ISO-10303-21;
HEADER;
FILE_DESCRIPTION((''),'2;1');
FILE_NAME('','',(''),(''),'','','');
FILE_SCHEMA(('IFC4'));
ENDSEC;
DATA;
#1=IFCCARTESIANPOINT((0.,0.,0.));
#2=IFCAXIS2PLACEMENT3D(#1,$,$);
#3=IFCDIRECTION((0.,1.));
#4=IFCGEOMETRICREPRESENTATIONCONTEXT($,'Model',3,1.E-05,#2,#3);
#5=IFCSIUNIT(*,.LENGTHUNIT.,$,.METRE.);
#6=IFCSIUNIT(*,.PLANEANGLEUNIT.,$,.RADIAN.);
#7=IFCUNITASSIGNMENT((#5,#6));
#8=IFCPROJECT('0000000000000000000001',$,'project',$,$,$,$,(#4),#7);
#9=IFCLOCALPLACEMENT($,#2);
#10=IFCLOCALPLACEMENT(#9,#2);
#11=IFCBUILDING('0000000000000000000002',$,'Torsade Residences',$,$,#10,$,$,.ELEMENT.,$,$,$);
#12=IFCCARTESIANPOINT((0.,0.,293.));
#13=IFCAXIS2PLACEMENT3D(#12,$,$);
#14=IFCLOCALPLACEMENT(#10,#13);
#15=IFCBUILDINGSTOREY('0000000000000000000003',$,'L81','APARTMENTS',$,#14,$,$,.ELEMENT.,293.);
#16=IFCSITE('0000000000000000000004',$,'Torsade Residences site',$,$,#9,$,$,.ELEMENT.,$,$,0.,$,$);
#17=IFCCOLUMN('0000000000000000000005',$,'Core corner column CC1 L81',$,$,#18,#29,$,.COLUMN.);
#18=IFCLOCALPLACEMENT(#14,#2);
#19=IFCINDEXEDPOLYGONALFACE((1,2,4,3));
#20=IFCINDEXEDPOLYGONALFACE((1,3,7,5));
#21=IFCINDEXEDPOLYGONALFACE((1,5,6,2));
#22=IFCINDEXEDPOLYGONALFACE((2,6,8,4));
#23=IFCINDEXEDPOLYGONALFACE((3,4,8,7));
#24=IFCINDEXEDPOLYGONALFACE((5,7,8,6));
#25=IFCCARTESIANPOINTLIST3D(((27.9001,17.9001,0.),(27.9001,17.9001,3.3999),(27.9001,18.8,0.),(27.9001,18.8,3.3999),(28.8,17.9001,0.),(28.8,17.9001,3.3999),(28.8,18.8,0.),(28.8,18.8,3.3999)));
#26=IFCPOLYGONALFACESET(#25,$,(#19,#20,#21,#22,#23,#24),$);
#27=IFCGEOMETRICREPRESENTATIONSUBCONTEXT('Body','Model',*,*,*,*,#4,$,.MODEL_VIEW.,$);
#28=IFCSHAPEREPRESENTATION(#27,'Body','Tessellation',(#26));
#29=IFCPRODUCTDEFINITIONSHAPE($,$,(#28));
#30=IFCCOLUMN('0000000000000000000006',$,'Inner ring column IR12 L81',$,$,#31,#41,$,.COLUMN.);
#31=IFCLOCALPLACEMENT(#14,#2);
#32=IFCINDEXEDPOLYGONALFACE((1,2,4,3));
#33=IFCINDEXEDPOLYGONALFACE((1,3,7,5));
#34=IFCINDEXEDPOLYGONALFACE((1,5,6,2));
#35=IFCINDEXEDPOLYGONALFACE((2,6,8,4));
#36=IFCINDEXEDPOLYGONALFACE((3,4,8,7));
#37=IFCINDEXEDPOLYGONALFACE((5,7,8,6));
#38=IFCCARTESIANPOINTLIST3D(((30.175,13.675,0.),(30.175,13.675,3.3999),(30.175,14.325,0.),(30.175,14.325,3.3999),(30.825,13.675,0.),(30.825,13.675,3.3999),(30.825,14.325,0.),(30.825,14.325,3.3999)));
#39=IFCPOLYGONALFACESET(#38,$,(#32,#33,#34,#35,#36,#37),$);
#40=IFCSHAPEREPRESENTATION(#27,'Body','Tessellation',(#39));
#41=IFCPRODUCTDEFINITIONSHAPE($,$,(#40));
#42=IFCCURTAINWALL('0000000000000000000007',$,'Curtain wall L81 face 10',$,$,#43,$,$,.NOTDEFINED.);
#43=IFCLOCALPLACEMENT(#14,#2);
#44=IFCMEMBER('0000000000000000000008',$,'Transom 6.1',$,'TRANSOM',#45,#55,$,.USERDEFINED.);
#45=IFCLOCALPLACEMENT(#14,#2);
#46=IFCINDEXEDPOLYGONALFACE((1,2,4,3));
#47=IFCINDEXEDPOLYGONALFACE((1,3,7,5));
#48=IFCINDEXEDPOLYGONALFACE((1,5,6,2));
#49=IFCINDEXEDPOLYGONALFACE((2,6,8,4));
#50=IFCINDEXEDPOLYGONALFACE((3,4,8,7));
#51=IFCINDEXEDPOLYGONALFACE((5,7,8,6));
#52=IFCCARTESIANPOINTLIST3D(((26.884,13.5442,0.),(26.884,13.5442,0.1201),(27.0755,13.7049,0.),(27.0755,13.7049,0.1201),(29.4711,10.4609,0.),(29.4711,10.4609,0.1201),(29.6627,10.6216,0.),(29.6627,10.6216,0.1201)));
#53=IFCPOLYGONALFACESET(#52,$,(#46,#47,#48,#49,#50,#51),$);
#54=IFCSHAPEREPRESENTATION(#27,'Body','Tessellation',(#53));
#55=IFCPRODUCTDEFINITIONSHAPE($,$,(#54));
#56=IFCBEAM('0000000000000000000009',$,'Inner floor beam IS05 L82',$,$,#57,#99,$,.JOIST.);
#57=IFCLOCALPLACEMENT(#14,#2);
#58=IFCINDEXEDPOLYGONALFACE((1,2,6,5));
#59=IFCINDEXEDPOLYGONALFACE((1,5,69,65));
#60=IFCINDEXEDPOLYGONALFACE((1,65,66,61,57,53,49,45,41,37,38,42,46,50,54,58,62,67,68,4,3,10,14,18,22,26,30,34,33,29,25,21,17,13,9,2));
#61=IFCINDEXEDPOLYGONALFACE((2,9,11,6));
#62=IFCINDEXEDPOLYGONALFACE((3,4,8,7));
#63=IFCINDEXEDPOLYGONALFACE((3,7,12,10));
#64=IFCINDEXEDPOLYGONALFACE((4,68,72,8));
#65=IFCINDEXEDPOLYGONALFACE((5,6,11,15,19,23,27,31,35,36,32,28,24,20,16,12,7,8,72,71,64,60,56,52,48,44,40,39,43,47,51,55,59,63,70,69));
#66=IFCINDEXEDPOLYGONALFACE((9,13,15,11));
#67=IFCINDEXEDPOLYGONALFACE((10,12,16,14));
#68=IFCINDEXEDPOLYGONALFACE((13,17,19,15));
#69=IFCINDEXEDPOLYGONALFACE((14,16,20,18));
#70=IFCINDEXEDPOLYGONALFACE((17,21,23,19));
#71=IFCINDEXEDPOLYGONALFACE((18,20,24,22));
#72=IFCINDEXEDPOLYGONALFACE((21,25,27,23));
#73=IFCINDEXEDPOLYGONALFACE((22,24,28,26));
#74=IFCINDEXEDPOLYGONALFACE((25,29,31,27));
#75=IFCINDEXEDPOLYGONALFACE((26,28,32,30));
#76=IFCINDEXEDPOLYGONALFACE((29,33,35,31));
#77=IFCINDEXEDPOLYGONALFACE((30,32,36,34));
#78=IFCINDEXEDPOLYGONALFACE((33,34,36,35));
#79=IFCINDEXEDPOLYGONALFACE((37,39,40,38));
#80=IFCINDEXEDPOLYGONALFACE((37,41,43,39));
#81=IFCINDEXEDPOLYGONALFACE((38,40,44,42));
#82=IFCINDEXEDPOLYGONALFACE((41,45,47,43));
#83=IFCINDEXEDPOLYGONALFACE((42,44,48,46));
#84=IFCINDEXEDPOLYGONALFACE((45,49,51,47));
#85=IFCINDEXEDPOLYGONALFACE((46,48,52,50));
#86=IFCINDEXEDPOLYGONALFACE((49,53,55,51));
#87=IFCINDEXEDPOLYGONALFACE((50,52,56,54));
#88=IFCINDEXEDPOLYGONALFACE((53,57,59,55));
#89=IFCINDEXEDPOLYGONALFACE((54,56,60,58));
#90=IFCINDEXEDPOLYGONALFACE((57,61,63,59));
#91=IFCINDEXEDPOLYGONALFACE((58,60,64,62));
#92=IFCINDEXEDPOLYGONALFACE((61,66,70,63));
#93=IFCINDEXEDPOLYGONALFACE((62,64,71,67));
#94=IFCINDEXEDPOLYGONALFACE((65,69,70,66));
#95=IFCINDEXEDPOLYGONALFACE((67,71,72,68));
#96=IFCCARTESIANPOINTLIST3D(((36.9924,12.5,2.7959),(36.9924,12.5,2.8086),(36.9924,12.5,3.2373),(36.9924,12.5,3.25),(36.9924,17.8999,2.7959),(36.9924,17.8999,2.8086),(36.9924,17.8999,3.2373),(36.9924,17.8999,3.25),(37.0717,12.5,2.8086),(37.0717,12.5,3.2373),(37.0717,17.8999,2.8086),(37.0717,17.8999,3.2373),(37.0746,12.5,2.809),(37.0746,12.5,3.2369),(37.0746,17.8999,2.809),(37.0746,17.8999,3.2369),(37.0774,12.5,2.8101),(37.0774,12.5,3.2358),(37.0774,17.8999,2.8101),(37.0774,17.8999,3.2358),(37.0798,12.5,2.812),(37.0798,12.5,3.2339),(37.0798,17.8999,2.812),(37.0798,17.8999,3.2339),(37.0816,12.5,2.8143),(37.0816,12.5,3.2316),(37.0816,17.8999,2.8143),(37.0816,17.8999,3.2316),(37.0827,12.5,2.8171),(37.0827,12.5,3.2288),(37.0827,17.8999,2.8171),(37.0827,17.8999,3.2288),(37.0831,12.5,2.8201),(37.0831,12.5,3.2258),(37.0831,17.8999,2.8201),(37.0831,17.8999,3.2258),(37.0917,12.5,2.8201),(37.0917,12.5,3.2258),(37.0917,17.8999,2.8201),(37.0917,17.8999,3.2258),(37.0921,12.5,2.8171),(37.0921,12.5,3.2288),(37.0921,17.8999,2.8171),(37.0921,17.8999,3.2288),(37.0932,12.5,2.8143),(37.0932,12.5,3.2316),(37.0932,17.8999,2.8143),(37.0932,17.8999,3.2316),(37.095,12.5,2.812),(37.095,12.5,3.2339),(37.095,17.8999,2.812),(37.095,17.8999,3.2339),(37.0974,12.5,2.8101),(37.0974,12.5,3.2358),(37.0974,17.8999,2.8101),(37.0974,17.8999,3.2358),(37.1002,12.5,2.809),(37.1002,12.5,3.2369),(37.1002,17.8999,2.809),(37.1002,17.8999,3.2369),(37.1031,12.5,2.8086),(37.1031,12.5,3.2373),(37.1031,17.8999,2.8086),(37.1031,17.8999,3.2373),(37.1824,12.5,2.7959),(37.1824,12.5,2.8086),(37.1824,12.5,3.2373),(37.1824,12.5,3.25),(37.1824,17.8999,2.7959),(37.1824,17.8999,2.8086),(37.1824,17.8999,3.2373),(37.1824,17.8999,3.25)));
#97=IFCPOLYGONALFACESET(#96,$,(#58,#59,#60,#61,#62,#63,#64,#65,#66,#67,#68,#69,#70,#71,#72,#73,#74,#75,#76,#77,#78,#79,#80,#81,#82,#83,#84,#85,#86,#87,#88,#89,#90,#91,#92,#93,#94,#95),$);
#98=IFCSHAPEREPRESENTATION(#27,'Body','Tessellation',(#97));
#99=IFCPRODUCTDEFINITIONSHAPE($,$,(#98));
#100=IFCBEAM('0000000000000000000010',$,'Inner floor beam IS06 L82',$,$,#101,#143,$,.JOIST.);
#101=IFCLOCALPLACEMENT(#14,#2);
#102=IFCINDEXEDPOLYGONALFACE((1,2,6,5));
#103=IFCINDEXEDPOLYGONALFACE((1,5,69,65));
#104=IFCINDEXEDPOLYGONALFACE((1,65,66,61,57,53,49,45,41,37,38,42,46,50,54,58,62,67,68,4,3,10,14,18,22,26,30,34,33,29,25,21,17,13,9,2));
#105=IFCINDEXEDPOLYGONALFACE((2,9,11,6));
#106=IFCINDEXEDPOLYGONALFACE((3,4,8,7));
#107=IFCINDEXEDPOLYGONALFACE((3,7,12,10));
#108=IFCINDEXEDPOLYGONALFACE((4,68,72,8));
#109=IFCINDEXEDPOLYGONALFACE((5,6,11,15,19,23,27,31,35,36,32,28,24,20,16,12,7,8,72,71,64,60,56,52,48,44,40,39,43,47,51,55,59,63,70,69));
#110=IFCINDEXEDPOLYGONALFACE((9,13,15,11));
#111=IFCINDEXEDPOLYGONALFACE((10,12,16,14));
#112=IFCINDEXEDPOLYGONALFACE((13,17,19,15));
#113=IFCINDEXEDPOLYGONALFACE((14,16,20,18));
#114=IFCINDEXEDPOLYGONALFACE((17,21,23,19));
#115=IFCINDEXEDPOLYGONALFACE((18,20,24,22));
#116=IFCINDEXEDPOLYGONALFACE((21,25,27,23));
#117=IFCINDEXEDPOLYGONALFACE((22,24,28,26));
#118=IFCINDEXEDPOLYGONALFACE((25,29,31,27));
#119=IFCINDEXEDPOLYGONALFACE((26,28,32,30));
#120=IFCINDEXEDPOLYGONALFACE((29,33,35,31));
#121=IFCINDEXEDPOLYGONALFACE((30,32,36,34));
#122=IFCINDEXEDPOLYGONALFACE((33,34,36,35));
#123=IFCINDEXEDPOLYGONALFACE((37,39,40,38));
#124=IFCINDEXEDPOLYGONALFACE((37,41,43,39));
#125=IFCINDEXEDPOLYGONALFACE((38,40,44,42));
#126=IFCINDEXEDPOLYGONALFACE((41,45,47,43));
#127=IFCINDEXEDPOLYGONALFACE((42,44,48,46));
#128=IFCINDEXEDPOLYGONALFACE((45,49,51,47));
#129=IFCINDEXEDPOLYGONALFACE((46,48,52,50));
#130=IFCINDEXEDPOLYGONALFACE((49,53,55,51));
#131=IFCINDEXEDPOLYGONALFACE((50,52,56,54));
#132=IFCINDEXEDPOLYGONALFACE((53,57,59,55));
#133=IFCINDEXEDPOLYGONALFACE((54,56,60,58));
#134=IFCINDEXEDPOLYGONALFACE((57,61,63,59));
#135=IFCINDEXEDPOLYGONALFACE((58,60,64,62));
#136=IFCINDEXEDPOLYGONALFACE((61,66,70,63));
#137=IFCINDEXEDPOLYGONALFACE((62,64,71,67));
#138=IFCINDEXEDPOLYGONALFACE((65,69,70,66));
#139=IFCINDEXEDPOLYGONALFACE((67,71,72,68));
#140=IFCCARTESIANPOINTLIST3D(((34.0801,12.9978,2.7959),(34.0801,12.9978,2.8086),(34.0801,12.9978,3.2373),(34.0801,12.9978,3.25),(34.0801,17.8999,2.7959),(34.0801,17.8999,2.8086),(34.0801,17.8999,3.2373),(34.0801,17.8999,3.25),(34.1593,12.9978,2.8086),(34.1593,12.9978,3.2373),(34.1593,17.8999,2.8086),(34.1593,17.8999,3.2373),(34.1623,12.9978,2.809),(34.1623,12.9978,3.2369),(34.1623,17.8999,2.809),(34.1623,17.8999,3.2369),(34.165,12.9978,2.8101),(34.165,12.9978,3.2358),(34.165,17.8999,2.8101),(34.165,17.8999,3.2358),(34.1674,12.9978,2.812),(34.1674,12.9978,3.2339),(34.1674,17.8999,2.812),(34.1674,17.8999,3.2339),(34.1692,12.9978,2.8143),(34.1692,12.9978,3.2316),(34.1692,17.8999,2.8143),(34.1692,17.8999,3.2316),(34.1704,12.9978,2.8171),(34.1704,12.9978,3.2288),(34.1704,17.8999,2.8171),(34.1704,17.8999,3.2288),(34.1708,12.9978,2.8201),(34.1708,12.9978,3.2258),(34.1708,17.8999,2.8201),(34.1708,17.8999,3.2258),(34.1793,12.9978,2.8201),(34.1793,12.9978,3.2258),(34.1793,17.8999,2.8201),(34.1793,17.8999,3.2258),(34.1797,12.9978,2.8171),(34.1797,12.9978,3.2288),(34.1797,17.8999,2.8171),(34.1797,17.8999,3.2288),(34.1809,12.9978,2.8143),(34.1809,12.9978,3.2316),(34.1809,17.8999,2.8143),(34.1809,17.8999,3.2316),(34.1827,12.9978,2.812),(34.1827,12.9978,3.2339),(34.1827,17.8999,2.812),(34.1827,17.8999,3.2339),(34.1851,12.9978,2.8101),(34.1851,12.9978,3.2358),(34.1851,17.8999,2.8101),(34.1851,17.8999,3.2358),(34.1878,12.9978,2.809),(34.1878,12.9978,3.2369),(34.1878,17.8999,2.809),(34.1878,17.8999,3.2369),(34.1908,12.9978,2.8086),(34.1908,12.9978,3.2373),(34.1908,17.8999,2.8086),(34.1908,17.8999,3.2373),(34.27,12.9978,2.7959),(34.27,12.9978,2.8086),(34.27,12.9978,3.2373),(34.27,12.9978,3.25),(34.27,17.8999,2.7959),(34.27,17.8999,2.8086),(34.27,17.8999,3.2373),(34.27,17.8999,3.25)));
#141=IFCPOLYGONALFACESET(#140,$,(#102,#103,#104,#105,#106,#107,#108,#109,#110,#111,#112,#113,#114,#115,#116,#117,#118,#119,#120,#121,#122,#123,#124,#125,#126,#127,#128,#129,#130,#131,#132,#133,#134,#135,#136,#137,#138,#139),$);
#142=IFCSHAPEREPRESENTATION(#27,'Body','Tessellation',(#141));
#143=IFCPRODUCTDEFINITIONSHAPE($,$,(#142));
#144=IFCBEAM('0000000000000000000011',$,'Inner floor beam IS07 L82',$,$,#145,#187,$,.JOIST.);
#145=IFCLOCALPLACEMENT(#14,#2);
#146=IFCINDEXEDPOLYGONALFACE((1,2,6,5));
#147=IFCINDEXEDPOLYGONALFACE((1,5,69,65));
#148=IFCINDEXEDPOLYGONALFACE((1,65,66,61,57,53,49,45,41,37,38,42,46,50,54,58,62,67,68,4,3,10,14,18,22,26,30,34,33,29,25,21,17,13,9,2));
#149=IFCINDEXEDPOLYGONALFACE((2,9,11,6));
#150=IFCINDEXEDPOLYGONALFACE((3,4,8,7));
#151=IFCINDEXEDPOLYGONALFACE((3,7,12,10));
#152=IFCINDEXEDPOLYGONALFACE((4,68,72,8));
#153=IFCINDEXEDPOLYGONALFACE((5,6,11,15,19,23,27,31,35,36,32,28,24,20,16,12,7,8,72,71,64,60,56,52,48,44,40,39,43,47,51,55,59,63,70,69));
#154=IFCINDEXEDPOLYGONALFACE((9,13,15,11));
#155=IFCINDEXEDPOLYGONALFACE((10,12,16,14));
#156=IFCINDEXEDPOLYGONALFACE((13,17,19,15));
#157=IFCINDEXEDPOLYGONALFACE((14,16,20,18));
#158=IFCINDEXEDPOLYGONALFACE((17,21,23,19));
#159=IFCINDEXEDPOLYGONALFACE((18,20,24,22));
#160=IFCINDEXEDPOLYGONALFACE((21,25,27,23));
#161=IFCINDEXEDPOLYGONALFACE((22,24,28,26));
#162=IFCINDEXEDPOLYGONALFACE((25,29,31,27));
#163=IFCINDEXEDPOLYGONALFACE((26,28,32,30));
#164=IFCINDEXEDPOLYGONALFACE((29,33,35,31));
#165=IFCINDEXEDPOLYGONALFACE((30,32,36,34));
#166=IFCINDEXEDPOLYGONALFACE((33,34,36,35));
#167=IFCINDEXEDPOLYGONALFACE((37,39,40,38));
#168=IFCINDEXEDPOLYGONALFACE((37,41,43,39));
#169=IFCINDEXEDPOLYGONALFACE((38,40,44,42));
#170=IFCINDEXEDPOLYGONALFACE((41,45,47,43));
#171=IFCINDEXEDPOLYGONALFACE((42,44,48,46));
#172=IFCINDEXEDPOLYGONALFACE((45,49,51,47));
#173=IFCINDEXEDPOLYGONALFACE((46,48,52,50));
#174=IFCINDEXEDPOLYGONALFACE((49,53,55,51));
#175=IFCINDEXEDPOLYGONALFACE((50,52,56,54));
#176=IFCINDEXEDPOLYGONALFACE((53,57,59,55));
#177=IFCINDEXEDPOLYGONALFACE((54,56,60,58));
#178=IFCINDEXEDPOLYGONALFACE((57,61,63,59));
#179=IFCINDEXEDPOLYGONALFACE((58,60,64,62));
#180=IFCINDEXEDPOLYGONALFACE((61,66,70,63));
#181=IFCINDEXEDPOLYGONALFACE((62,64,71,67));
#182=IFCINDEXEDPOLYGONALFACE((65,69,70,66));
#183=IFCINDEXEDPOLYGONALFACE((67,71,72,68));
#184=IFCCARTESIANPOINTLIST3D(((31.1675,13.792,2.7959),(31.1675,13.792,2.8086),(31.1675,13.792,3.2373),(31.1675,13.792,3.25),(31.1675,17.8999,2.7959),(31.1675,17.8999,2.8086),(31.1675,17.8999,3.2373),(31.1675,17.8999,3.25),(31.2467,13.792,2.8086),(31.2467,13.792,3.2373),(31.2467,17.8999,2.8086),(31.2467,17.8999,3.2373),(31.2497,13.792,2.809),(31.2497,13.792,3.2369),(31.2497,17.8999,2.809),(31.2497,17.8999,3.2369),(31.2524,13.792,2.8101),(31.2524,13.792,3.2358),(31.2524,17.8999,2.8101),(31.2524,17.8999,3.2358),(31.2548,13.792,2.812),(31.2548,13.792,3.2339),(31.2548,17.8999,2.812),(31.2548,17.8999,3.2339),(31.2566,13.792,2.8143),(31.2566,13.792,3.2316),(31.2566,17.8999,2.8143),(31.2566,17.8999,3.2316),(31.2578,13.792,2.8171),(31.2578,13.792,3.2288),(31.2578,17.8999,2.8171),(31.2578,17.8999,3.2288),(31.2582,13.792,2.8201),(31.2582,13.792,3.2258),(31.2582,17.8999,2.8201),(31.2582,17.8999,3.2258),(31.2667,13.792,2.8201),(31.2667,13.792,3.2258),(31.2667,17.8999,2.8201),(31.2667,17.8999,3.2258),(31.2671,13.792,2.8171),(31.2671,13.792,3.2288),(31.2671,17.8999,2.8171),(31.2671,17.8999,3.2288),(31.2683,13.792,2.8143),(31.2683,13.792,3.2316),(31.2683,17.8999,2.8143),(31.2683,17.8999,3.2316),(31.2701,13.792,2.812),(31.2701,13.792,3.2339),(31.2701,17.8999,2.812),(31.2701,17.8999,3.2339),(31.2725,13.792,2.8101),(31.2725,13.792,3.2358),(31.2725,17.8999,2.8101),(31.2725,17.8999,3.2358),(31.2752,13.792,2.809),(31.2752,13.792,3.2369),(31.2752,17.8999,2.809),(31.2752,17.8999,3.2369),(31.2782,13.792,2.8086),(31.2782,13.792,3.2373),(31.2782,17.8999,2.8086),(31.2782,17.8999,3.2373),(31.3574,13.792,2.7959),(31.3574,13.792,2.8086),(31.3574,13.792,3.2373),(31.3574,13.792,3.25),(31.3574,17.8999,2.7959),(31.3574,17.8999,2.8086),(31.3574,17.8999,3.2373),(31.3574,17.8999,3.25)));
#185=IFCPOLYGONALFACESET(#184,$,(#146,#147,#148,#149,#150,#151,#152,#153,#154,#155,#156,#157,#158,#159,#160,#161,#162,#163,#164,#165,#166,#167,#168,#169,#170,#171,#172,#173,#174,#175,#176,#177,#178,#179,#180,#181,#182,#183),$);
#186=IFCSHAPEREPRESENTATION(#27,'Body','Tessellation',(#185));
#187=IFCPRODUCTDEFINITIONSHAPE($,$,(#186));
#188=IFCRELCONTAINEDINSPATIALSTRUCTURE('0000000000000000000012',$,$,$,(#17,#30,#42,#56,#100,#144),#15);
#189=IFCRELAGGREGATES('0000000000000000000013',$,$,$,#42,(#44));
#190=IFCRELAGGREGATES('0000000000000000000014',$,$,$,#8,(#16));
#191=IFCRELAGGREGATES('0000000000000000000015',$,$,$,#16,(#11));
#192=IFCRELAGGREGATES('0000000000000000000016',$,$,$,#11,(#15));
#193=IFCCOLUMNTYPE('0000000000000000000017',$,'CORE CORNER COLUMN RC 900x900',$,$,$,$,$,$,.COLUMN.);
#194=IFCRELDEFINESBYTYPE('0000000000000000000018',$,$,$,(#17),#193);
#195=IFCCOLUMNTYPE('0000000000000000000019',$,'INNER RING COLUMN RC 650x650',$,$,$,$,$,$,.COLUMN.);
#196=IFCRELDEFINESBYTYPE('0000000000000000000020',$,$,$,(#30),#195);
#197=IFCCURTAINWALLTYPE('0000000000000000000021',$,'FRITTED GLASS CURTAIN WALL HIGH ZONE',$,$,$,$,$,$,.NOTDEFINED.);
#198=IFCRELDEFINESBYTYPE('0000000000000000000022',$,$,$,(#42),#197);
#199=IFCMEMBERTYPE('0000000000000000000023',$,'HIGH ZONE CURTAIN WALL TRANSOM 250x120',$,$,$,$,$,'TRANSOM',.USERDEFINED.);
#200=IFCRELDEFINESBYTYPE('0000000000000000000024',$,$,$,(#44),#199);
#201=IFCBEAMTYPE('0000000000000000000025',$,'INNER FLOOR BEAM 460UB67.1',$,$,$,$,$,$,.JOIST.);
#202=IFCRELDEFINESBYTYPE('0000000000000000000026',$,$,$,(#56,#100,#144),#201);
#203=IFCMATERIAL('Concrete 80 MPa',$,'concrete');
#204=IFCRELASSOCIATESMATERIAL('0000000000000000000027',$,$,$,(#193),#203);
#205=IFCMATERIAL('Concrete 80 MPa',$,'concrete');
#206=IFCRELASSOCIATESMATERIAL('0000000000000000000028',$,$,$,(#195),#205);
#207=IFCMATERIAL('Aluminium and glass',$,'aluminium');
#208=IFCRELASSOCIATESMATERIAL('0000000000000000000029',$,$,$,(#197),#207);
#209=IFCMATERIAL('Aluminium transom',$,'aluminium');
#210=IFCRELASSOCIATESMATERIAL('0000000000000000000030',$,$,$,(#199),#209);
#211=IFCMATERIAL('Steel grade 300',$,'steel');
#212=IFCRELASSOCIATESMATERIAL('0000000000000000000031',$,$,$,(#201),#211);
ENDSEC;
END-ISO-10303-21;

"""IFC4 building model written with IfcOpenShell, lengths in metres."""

from ifc_helpers import new_model, si_unit, direction, frame, origin, origin_2d, place, context, subcontext, project, spatial, rectangle, i_section, extrude, material, material_profile, profile_set, type_object, element, aggregate, save


model = new_model("IFC4")

# Units and contexts
model_context = context("Model", 3, precision=1e-05, world=origin(), true_north=direction((0.0, 1.0)))
body_context = subcontext(model_context, "Body", "Model", "MODEL_VIEW")
ifc_project = project(units=[si_unit("LENGTHUNIT", "METRE"), si_unit("PLANEANGLEUNIT", "RADIAN")], contexts=[model_context])

# Site, building, storey
site_placement = place(None, origin())
site = spatial("IfcSite", under=ifc_project, at=site_placement, Name="Torsade Residences site", CompositionType="ELEMENT", RefElevation=0.0)
building_placement = place(site_placement, origin())
building = spatial("IfcBuilding", under=site, at=building_placement, Name="Torsade Residences", CompositionType="ELEMENT")
storey_placement = place(building_placement, frame((0.0, 0.0, 293.0)))
storey = spatial("IfcBuildingStorey", under=building, at=storey_placement, Name="L81", Description="APARTMENTS", CompositionType="ELEMENT", Elevation=293.0)

# Columns
ifc_material_1 = material(Name="Concrete 80 MPa", Category="concrete")
ifc_material_profile_1 = material_profile(ifc_material_1, rectangle(XDim=0.8999, YDim=0.8999, at=origin_2d()), Name="RC 900x900")
ifc_profile_set_1 = profile_set([ifc_material_profile_1], Name="Concrete 80 MPa")
column_type_1 = type_object("IfcColumnType", Name="CORE CORNER COLUMN RC 900x900", PredefinedType="COLUMN", material=ifc_profile_set_1)
column_1_placement = place(storey_placement, frame((28.3501, 18.3501, 0.0), z_axis=(0.0, 0.0, 1.0), x_axis=(1.0, 0.0, 0.0)))
element("IfcColumn", 1, at=column_1_placement, inside=storey, type_object=column_type_1, Name="Core corner column CC1 L81", PredefinedType="COLUMN", context=body_context, shape_type="SweptSolid", body=[
    extrude(rectangle(XDim=0.8999, YDim=0.8999, at=origin_2d()), origin(), (0.0, 0.0, 1.0), 3.3999),
])
ifc_material_2 = material(Name="Concrete 80 MPa", Category="concrete")
ifc_material_profile_2 = material_profile(ifc_material_2, rectangle(XDim=0.6499, YDim=0.6499, at=origin_2d()), Name="RC 650x650")
ifc_profile_set_2 = profile_set([ifc_material_profile_2], Name="Concrete 80 MPa")
column_type_2 = type_object("IfcColumnType", Name="INNER RING COLUMN RC 650x650", PredefinedType="COLUMN", material=ifc_profile_set_2)
column_2_placement = place(storey_placement, frame((30.5, 14.0, 0.0), z_axis=(0.0, 0.0, 1.0), x_axis=(1.0, 0.0, 0.0)))
element("IfcColumn", 2, at=column_2_placement, inside=storey, type_object=column_type_2, Name="Inner ring column IR12 L81", PredefinedType="COLUMN", context=body_context, shape_type="SweptSolid", body=[
    extrude(rectangle(XDim=0.6499, YDim=0.6499, at=origin_2d()), origin(), (0.0, 0.0, 1.0), 3.3999),
])

# Curtain wall, member
ifc_material_3 = material(Name="Aluminium and glass", Category="aluminium")
curtain_wall_type = type_object("IfcCurtainWallType", Name="FRITTED GLASS CURTAIN WALL HIGH ZONE", PredefinedType="NOTDEFINED", material=ifc_material_3)
curtain_wall_placement = place(storey_placement, origin())
curtain_wall = element("IfcCurtainWall", 3, at=curtain_wall_placement, inside=storey, type_object=curtain_wall_type, Name="Curtain wall L81 face 10", PredefinedType="NOTDEFINED")
ifc_material_4 = material(Name="Aluminium transom", Category="aluminium")
ifc_material_profile_3 = material_profile(ifc_material_4, rectangle(XDim=0.25, YDim=0.1201, at=origin_2d()), Name="HIGH ZONE CURTAIN WALL TRANSOM 250x120")
ifc_profile_set_3 = profile_set([ifc_material_profile_3], Name="Aluminium transom")
member_type = type_object("IfcMemberType", Name="HIGH ZONE CURTAIN WALL TRANSOM 250x120", ElementType="TRANSOM", PredefinedType="USERDEFINED", material=ifc_profile_set_3)
member_placement = place(storey_placement, frame((26.9797, 13.6245, 0.0601), z_axis=(0.642788, -0.766044, 0.0), x_axis=(0.766044, 0.642788, 0.0)))
member = element("IfcMember", 4, at=member_placement, type_object=member_type, Name="Transom 6.1", ObjectType="TRANSOM", PredefinedType="USERDEFINED", context=body_context, shape_type="SweptSolid", body=[
    extrude(rectangle(XDim=0.25, YDim=0.1201, at=origin_2d()), origin(), (0.0, 0.0, 1.0), 4.0249),
])
aggregate(curtain_wall, [member])

# Beams
ifc_material_5 = material(Name="Steel grade 300", Category="steel")
ifc_material_profile_4 = material_profile(ifc_material_5, i_section(OverallWidth=0.1899, OverallDepth=0.4541, WebThickness=0.0085, FlangeThickness=0.0127, FilletRadius=0.0115, at=origin_2d()), Name="460UB67.1")
ifc_profile_set_4 = profile_set([ifc_material_profile_4], Name="Steel grade 300")
beam_type_1 = type_object("IfcBeamType", Name="INNER FLOOR BEAM 460UB67.1", PredefinedType="JOIST", material=ifc_profile_set_4)
beam_1_placement = place(storey_placement, frame((37.0874, 17.8999, 3.0229), z_axis=(0.0, -1.0, 0.0), x_axis=(1.0, 0.0, 0.0)))
element("IfcBeam", 5, at=beam_1_placement, inside=storey, type_object=beam_type_1, Name="Inner floor beam IS05 L82", PredefinedType="JOIST", context=body_context, shape_type="SweptSolid", body=[
    extrude(i_section(OverallWidth=0.1899, OverallDepth=0.4541, WebThickness=0.0085, FlangeThickness=0.0127, FilletRadius=0.0115, at=origin_2d()), origin(), (0.0, 0.0, 1.0), 5.3999),
])
beam_2_placement = place(storey_placement, frame((34.175, 17.8999, 3.0229), z_axis=(0.0, -1.0, 0.0), x_axis=(1.0, 0.0, 0.0)))
element("IfcBeam", 6, at=beam_2_placement, inside=storey, type_object=beam_type_1, Name="Inner floor beam IS06 L82", PredefinedType="JOIST", context=body_context, shape_type="SweptSolid", body=[
    extrude(i_section(OverallWidth=0.1899, OverallDepth=0.4541, WebThickness=0.0085, FlangeThickness=0.0127, FilletRadius=0.0115, at=origin_2d()), origin(), (0.0, 0.0, 1.0), 4.9021),
])
beam_3_placement = place(storey_placement, frame((31.2625, 17.8999, 3.0229), z_axis=(0.0, -1.0, 0.0), x_axis=(1.0, 0.0, 0.0)))
element("IfcBeam", 7, at=beam_3_placement, inside=storey, type_object=beam_type_1, Name="Inner floor beam IS07 L82", PredefinedType="JOIST", context=body_context, shape_type="SweptSolid", body=[
    extrude(i_section(OverallWidth=0.1899, OverallDepth=0.4541, WebThickness=0.0085, FlangeThickness=0.0127, FilletRadius=0.0115, at=origin_2d()), origin(), (0.0, 0.0, 1.0), 4.1079),
])

save(model, "model.ifc")
